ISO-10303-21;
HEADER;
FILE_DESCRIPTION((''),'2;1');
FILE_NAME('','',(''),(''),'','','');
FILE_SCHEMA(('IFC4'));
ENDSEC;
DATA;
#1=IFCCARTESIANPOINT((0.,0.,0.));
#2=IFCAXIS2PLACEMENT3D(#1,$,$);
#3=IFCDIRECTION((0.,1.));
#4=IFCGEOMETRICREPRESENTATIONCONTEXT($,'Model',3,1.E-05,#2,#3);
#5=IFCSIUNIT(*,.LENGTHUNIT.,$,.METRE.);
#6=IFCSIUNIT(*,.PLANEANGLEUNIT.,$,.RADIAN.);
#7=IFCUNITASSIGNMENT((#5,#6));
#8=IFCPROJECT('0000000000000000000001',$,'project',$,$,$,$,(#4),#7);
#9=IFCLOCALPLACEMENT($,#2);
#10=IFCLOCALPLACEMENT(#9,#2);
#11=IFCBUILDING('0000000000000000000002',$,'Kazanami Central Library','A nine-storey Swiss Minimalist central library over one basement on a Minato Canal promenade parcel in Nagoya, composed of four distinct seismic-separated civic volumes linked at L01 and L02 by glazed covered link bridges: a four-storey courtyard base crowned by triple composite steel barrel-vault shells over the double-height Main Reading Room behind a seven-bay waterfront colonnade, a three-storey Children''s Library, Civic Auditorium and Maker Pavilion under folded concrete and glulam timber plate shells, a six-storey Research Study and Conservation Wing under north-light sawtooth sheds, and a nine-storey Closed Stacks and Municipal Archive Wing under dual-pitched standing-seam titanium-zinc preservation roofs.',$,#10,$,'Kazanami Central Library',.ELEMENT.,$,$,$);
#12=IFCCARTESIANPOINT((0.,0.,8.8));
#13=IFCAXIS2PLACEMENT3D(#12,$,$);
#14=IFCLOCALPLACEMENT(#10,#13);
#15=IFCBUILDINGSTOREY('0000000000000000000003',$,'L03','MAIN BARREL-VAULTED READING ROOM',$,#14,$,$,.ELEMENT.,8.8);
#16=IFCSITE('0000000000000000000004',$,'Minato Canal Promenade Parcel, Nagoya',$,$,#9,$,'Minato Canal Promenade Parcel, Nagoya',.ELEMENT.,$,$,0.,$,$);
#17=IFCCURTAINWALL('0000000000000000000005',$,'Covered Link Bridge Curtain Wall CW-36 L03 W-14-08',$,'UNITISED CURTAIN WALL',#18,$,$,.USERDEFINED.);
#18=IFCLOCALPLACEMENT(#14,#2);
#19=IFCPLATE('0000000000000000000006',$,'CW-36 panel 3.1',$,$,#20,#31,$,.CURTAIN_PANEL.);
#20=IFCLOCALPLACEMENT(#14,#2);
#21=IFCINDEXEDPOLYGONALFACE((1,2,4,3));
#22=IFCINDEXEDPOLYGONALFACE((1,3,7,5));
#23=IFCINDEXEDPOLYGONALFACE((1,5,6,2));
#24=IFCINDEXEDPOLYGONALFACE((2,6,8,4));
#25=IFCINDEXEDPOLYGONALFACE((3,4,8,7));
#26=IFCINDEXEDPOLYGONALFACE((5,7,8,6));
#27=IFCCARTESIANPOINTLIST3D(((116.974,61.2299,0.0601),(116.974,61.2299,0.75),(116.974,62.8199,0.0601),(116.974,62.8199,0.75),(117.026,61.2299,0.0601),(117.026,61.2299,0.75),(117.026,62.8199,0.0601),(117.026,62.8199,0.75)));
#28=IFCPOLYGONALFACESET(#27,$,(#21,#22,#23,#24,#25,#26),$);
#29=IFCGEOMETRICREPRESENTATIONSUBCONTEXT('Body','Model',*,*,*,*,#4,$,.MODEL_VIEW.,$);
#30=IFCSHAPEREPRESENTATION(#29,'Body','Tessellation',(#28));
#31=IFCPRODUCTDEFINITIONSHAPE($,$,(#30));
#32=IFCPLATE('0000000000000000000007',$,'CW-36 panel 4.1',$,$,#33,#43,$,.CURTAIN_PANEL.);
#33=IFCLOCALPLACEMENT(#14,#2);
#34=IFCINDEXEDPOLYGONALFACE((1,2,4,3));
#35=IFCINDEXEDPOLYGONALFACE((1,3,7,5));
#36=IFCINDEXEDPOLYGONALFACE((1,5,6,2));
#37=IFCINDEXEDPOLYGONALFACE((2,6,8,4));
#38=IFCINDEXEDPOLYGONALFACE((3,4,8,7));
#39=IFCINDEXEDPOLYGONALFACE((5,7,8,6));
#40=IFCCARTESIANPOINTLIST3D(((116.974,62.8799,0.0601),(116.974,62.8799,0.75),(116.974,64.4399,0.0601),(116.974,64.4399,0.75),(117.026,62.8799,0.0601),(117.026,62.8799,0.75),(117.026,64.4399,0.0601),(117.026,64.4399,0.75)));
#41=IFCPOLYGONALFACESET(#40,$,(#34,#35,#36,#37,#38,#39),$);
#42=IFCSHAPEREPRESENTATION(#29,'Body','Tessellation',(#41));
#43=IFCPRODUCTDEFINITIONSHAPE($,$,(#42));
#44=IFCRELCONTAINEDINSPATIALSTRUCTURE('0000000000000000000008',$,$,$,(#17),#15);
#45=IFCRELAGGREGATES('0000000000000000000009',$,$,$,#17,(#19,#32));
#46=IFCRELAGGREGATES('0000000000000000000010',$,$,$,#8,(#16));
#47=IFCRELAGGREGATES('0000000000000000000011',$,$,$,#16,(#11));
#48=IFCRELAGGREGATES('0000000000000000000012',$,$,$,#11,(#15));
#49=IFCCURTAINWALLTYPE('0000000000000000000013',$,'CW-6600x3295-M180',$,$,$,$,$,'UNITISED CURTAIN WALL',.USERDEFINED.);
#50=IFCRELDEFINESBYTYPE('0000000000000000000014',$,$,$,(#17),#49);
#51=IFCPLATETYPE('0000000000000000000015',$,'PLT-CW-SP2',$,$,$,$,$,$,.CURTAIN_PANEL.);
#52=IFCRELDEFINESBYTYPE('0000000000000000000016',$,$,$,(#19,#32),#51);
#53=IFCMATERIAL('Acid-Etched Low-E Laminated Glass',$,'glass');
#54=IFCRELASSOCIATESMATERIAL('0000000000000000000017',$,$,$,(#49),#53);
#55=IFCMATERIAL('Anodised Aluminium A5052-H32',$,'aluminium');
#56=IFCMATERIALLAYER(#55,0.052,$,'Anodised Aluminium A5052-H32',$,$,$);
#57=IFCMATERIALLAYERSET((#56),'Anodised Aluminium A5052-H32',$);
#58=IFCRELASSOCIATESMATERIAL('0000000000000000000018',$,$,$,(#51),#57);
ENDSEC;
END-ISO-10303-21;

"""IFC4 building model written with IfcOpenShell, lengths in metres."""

from ifc_helpers import new_model, si_unit, direction, frame, origin, origin_2d, place, context, subcontext, project, spatial, rectangle, extrude, material, layer, layer_set, type_object, element, aggregate, save


model = new_model("IFC4")

# Units and contexts
model_context = context("Model", 3, precision=1e-05, world=origin(), true_north=direction((0.0, 1.0)))
body_context = subcontext(model_context, "Body", "Model", "MODEL_VIEW")
ifc_project = project(units=[si_unit("LENGTHUNIT", "METRE"), si_unit("PLANEANGLEUNIT", "RADIAN")], contexts=[model_context])

# Site, building, storey
site_placement = place(None, origin())
site = spatial("IfcSite", under=ifc_project, at=site_placement, Name="Minato Canal Promenade Parcel, Nagoya", LongName="Minato Canal Promenade Parcel, Nagoya", CompositionType="ELEMENT", RefElevation=0.0)
building_placement = place(site_placement, origin())
building = spatial("IfcBuilding", under=site, at=building_placement, Name="Kazanami Central Library", Description="A nine-storey Swiss Minimalist central library over one basement on a Minato Canal promenade parcel in Nagoya, composed of four distinct seismic-separated civic volumes linked at L01 and L02 by glazed covered link bridges: a four-storey courtyard base crowned by triple composite steel barrel-vault shells over the double-height Main Reading Room behind a seven-bay waterfront colonnade, a three-storey Children's Library, Civic Auditorium and Maker Pavilion under folded concrete and glulam timber plate shells, a six-storey Research Study and Conservation Wing under north-light sawtooth sheds, and a nine-storey Closed Stacks and Municipal Archive Wing under dual-pitched standing-seam titanium-zinc preservation roofs.", LongName="Kazanami Central Library", CompositionType="ELEMENT")
storey_placement = place(building_placement, frame((0.0, 0.0, 8.8)))
storey = spatial("IfcBuildingStorey", under=building, at=storey_placement, Name="L03", Description="MAIN BARREL-VAULTED READING ROOM", CompositionType="ELEMENT", Elevation=8.8)

# Shared definitions
ifc_material_1 = material(Name="Acid-Etched Low-E Laminated Glass", Category="glass")

# Curtain wall
curtain_wall_type_1 = type_object("IfcCurtainWallType", Name="CW-6600x3295-M180", ElementType="UNITISED CURTAIN WALL", PredefinedType="USERDEFINED", material=ifc_material_1)
curtain_wall_1_placement = place(storey_placement, origin())
curtain_wall_1 = element("IfcCurtainWall", 1, at=curtain_wall_1_placement, inside=storey, type_object=curtain_wall_type_1, Name="Covered Link Bridge Curtain Wall CW-36 L03 W-14-08", ObjectType="UNITISED CURTAIN WALL", PredefinedType="USERDEFINED")

# Plates
ifc_material_2 = material(Name="Anodised Aluminium A5052-H32", Category="aluminium")
ifc_layer_1 = layer(ifc_material_2, 0.052, Name="Anodised Aluminium A5052-H32")
ifc_layer_set_1 = layer_set([ifc_layer_1], Name="Anodised Aluminium A5052-H32")
plate_type_1 = type_object("IfcPlateType", Name="PLT-CW-SP2", PredefinedType="CURTAIN_PANEL", material=ifc_layer_set_1)
plate_1_placement = place(storey_placement, frame((117.0, 62.0249, 0.0601), z_axis=(0.0, 0.0, 1.0), x_axis=(0.0, 1.0, 0.0)))
plate_1 = element("IfcPlate", 2, at=plate_1_placement, type_object=plate_type_1, Name="CW-36 panel 3.1", PredefinedType="CURTAIN_PANEL", context=body_context, shape_type="SweptSolid", body=[
    extrude(rectangle(XDim=1.5901, YDim=0.052, at=origin_2d()), origin(), (0.0, 0.0, 1.0), 0.6899),
])
plate_2_placement = place(storey_placement, frame((117.0, 63.6599, 0.0601), z_axis=(0.0, 0.0, 1.0), x_axis=(0.0, 1.0, 0.0)))
plate_2 = element("IfcPlate", 3, at=plate_2_placement, type_object=plate_type_1, Name="CW-36 panel 4.1", PredefinedType="CURTAIN_PANEL", context=body_context, shape_type="SweptSolid", body=[
    extrude(rectangle(XDim=1.5601, YDim=0.052, at=origin_2d()), origin(), (0.0, 0.0, 1.0), 0.6899),
])
aggregate(curtain_wall_1, [plate_1, plate_2])

save(model, "model.ifc")
